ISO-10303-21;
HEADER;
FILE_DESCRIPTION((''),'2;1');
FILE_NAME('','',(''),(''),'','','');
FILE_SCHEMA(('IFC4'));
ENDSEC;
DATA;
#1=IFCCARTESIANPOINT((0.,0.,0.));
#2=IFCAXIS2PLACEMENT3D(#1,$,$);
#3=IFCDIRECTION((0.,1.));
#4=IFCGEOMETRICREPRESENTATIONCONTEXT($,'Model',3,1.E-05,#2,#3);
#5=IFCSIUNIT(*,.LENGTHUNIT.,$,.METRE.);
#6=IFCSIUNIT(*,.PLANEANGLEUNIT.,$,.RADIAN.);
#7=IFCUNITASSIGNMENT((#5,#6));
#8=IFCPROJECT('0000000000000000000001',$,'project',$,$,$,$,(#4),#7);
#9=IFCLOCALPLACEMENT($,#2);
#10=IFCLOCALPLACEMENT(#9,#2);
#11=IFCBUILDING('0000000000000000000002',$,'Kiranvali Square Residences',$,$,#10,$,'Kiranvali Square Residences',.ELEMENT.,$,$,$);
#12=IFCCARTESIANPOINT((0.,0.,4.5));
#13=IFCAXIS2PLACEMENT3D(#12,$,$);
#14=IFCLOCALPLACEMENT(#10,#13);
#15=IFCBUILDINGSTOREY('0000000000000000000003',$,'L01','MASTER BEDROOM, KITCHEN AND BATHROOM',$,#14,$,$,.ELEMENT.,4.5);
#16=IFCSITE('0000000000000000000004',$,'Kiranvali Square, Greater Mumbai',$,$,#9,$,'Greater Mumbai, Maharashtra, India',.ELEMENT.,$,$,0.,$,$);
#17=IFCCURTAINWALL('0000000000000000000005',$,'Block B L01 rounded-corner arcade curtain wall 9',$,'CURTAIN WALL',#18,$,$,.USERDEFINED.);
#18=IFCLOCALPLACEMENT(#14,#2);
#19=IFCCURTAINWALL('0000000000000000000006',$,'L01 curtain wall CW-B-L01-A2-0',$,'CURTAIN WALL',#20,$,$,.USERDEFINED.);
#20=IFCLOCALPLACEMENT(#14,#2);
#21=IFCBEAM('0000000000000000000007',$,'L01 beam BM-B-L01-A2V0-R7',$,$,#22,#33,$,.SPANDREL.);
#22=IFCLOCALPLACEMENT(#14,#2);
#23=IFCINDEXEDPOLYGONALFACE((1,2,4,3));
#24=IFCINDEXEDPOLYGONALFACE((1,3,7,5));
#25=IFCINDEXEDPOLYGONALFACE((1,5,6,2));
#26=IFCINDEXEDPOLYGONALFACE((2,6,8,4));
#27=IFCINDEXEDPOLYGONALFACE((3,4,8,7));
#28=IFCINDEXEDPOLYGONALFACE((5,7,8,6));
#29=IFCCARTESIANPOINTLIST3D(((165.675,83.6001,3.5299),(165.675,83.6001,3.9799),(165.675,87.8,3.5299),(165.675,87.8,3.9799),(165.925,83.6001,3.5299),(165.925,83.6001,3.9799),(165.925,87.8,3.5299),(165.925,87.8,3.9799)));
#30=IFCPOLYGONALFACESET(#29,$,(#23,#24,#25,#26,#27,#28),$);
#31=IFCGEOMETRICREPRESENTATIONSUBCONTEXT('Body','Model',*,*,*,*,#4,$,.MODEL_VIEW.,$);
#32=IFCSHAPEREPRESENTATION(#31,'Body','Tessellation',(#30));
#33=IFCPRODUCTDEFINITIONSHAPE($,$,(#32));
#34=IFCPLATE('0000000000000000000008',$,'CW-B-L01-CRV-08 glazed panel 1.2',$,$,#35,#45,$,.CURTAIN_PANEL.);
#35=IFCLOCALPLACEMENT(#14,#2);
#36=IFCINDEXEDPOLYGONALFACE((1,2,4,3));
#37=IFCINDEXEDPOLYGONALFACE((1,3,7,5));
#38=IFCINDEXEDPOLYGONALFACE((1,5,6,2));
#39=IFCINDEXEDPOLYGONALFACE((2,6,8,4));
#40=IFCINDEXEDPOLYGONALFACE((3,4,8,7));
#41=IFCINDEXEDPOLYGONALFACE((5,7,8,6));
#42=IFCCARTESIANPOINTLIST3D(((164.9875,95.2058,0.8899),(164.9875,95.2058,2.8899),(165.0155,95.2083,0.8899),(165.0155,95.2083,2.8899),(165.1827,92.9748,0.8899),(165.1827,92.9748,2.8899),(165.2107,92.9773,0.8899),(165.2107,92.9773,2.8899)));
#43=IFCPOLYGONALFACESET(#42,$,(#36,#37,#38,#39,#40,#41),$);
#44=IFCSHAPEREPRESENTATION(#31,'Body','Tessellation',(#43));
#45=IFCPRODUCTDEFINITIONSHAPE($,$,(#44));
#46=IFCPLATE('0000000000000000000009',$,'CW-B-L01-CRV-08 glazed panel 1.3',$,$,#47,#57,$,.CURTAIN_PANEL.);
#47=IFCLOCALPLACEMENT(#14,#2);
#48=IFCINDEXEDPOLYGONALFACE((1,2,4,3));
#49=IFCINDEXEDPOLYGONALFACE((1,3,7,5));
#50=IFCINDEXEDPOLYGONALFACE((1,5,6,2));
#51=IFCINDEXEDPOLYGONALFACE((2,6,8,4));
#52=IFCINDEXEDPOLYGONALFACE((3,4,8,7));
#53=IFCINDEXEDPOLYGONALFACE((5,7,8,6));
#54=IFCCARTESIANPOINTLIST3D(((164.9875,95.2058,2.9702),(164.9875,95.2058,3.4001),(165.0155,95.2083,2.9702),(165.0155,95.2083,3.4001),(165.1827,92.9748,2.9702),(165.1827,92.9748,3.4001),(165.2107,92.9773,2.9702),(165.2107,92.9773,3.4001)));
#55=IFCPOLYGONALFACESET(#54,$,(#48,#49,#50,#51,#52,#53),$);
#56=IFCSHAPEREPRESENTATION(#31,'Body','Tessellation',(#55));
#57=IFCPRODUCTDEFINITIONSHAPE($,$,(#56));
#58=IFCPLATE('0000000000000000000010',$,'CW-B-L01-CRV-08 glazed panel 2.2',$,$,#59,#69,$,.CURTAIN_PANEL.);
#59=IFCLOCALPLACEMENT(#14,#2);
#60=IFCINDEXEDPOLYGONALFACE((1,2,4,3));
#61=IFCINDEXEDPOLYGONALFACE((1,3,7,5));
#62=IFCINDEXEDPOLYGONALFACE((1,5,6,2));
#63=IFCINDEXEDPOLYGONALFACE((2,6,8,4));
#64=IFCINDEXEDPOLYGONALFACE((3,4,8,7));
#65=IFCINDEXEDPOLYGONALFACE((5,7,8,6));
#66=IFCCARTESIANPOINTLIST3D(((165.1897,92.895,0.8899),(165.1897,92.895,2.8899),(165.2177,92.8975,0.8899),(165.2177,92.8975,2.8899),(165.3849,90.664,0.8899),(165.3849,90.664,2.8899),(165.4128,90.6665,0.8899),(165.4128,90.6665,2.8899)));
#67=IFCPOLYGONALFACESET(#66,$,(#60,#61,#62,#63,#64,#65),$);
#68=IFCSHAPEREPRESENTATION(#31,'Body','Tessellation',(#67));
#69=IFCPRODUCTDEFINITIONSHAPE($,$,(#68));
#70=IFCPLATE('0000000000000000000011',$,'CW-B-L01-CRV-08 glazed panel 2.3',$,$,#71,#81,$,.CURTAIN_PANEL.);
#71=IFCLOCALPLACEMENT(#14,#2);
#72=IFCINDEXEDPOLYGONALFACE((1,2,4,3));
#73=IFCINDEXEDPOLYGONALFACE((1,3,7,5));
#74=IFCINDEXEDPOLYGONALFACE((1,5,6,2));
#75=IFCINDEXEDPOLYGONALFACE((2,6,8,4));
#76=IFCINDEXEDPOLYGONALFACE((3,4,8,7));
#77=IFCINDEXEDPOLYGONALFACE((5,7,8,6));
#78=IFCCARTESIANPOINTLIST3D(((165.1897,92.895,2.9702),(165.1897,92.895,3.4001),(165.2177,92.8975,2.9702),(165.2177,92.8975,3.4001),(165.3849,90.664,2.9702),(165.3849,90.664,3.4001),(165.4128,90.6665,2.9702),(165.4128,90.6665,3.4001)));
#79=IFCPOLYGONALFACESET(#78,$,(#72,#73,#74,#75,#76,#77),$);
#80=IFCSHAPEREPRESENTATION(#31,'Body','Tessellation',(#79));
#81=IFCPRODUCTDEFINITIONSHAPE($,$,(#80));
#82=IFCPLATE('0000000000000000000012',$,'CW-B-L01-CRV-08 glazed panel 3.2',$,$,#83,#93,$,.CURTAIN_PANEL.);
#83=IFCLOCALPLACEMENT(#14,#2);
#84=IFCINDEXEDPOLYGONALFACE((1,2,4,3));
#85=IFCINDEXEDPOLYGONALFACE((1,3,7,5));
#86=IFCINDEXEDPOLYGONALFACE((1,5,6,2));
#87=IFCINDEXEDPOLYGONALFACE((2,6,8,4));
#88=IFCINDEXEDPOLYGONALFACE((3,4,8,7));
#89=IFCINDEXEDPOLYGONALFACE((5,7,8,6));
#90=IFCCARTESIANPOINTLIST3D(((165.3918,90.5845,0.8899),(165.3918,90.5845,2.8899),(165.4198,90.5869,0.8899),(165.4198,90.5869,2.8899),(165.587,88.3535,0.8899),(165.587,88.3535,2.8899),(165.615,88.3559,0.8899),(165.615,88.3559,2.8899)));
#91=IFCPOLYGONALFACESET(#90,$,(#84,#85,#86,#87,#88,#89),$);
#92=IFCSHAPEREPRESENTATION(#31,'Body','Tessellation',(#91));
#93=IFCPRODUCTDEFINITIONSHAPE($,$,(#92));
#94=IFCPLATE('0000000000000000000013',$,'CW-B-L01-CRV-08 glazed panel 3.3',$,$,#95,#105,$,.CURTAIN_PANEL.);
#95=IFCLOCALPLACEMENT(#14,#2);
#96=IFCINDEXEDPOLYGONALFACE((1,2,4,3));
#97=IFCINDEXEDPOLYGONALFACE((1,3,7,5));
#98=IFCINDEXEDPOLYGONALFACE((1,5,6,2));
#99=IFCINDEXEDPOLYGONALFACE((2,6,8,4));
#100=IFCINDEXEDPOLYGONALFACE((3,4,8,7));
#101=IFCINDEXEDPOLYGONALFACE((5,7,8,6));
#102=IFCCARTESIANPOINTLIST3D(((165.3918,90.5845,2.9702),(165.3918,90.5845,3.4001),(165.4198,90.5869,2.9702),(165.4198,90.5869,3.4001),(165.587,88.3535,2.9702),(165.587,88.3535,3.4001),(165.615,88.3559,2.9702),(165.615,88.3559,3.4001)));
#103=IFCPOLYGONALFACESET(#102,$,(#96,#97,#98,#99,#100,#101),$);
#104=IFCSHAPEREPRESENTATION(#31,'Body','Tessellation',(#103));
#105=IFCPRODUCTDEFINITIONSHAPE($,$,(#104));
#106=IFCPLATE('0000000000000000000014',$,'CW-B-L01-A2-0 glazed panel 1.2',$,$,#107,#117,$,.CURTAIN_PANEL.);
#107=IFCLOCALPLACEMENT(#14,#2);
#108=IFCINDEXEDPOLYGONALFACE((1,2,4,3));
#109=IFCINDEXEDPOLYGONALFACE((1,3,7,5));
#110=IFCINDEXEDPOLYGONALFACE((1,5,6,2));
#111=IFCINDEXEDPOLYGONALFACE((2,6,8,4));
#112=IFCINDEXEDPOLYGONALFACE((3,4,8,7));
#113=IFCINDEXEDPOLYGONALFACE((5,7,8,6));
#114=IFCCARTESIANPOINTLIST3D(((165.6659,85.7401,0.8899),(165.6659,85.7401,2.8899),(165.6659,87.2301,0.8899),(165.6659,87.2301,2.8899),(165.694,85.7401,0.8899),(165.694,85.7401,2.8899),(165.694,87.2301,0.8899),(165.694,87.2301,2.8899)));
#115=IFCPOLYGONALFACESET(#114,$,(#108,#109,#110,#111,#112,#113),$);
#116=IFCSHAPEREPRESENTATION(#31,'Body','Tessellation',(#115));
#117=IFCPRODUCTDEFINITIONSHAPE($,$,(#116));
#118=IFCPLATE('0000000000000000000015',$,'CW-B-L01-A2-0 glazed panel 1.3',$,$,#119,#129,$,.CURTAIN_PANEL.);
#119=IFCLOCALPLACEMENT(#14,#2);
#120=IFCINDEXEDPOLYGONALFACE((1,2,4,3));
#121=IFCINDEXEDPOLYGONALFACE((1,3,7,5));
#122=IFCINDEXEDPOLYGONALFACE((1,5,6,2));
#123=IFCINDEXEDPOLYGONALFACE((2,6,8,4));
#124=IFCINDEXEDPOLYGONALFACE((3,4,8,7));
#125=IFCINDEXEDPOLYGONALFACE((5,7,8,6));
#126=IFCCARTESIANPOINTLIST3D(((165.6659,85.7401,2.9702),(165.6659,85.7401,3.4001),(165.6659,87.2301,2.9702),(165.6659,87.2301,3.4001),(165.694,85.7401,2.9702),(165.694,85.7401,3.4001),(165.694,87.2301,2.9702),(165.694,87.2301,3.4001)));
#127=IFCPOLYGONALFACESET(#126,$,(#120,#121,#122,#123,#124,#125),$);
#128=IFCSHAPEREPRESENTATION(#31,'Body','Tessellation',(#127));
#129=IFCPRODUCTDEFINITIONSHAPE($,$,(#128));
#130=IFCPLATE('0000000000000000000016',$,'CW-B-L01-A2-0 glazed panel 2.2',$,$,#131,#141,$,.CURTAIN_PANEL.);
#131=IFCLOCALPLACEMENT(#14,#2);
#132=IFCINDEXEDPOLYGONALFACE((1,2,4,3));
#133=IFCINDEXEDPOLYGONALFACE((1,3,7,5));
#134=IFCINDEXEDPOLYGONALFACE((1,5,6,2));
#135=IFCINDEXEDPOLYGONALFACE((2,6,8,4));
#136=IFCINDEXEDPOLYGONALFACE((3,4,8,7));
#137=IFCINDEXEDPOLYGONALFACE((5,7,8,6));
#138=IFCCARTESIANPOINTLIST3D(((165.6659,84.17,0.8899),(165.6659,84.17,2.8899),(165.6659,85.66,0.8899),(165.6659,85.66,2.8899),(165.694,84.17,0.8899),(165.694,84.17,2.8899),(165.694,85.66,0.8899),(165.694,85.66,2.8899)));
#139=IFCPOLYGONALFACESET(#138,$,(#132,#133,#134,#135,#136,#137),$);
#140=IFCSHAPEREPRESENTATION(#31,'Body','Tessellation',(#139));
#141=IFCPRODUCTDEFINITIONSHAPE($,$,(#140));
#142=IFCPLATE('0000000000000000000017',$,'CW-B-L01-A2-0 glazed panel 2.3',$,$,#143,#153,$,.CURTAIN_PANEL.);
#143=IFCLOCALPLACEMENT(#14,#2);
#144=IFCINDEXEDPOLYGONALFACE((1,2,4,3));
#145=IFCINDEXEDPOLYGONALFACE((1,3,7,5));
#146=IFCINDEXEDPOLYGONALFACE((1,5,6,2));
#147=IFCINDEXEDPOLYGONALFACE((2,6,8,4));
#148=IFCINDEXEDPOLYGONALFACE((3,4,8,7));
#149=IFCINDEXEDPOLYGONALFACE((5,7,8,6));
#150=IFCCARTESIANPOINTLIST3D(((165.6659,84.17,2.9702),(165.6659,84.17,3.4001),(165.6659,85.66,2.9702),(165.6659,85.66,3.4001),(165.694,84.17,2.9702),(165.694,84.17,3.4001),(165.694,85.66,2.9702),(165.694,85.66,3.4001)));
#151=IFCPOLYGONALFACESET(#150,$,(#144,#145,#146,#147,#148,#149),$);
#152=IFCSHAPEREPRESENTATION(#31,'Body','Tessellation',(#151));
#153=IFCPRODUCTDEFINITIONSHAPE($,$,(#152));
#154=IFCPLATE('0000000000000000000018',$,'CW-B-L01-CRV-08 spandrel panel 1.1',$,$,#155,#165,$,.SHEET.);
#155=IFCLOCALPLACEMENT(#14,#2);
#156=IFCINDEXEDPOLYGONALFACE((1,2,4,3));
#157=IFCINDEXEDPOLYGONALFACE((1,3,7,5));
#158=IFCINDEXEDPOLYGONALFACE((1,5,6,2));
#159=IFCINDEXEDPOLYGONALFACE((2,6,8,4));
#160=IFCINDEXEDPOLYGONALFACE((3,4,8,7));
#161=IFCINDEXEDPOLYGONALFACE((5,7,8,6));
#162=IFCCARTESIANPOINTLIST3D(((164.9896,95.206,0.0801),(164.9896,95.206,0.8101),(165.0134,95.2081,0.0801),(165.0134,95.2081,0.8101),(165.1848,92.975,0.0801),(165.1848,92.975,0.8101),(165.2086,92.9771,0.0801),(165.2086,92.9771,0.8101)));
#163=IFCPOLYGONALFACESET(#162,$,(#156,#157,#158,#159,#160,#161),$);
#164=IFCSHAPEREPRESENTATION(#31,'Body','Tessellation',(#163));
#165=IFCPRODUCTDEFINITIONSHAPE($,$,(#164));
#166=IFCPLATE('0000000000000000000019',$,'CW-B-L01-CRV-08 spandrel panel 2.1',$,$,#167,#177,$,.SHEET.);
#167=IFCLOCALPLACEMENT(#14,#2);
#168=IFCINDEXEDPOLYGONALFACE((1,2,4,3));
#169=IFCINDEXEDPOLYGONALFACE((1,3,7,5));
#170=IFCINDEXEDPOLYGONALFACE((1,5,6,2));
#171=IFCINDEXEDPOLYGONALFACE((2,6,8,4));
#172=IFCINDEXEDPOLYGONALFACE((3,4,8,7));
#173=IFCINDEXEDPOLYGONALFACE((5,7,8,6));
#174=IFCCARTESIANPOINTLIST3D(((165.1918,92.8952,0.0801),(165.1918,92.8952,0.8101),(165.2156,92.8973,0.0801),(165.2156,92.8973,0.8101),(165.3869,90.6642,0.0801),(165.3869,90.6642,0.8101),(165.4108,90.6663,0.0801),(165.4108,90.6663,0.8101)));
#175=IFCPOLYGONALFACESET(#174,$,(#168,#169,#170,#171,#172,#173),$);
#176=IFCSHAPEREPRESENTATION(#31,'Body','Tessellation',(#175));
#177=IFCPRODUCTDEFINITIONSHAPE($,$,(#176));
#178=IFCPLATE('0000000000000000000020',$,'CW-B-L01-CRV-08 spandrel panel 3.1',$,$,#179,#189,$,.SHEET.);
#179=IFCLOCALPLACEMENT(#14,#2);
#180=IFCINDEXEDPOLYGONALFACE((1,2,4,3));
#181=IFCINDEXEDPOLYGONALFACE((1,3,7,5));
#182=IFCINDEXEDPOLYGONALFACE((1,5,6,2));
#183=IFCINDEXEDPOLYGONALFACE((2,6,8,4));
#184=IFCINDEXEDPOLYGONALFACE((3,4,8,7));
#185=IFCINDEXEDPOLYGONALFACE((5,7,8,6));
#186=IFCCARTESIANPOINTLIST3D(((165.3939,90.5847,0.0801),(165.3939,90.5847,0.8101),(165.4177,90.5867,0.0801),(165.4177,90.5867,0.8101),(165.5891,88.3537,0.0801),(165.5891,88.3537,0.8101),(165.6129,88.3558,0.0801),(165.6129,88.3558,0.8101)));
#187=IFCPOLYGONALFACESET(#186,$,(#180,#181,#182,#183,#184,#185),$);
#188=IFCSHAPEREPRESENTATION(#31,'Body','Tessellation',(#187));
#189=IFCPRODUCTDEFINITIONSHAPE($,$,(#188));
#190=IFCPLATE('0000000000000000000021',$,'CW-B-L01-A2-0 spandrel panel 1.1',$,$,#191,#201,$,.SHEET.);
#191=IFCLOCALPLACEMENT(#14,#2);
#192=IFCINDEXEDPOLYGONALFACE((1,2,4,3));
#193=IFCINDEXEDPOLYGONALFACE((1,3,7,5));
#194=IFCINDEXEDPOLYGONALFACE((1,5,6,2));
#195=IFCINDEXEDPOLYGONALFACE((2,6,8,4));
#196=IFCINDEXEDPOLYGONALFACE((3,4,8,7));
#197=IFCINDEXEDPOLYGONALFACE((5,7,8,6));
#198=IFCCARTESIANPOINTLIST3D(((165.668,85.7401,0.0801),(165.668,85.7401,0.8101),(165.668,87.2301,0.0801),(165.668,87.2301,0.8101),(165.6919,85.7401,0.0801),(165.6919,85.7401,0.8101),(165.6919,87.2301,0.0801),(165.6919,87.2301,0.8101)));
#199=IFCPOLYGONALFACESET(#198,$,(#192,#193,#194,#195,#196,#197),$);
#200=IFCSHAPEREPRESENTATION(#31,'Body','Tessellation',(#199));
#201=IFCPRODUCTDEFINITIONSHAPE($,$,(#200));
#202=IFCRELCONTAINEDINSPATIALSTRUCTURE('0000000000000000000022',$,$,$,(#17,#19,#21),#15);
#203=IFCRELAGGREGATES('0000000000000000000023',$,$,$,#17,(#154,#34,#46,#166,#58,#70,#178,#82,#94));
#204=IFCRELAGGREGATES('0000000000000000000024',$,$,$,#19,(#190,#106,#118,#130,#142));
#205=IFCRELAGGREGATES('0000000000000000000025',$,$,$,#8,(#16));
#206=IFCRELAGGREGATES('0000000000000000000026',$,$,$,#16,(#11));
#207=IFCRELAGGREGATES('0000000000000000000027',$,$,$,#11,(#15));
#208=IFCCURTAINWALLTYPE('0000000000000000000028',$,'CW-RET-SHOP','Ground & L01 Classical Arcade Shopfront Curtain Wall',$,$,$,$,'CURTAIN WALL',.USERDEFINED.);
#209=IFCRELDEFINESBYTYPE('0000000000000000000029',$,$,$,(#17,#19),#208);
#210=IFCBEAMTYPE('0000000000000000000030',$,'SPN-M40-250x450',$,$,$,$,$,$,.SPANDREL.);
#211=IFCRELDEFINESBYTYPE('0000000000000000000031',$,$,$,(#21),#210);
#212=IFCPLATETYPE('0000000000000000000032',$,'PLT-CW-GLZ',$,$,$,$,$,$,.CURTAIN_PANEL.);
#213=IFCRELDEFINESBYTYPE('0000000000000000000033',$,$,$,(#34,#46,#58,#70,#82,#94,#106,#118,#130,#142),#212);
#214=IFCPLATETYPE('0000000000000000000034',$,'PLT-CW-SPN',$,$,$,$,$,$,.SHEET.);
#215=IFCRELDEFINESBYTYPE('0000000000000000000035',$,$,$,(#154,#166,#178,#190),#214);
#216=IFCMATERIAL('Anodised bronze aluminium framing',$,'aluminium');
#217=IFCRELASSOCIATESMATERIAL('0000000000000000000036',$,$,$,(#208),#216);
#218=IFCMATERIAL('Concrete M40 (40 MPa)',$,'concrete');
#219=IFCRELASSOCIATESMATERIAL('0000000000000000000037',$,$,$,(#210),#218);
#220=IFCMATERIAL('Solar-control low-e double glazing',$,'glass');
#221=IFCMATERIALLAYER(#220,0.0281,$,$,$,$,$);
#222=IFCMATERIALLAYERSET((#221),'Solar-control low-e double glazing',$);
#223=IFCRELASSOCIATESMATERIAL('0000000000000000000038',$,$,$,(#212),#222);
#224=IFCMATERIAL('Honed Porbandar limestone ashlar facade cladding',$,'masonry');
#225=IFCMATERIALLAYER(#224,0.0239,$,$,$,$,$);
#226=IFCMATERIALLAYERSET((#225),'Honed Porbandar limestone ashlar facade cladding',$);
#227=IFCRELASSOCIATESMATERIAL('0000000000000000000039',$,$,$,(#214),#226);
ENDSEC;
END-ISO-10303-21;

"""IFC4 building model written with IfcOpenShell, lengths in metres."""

from ifc_helpers import new_model, si_unit, direction, frame, origin, origin_2d, place, context, subcontext, project, spatial, rectangle, extrude, material, layer, layer_set, material_profile, profile_set, type_object, element, aggregate, save


model = new_model("IFC4")

# Units and contexts
model_context = context("Model", 3, precision=1e-05, world=origin(), true_north=direction((0.0, 1.0)))
body_context = subcontext(model_context, "Body", "Model", "MODEL_VIEW")
ifc_project = project(units=[si_unit("LENGTHUNIT", "METRE"), si_unit("PLANEANGLEUNIT", "RADIAN")], contexts=[model_context])

# Site, building, storey
site_placement = place(None, origin())
site = spatial("IfcSite", under=ifc_project, at=site_placement, Name="Kiranvali Square, Greater Mumbai", LongName="Greater Mumbai, Maharashtra, India", CompositionType="ELEMENT", RefElevation=0.0)
building_placement = place(site_placement, origin())
building = spatial("IfcBuilding", under=site, at=building_placement, Name="Kiranvali Square Residences", LongName="Kiranvali Square Residences", CompositionType="ELEMENT")
storey_placement = place(building_placement, frame((0.0, 0.0, 4.5)))
storey = spatial("IfcBuildingStorey", under=building, at=storey_placement, Name="L01", Description="MASTER BEDROOM, KITCHEN AND BATHROOM", CompositionType="ELEMENT", Elevation=4.5)

# Shared definitions
ifc_material_1 = material(Name="Concrete M40 (40 MPa)", Category="concrete")

# Curtain walls
ifc_material_2 = material(Name="Anodised bronze aluminium framing", Category="aluminium")
curtain_wall_type = type_object("IfcCurtainWallType", Name="CW-RET-SHOP", Description="Ground & L01 Classical Arcade Shopfront Curtain Wall", ElementType="CURTAIN WALL", PredefinedType="USERDEFINED", material=ifc_material_2)
curtain_wall_1_placement = place(storey_placement, origin())
curtain_wall_1 = element("IfcCurtainWall", 1, at=curtain_wall_1_placement, inside=storey, type_object=curtain_wall_type, Name="Block B L01 rounded-corner arcade curtain wall 9", ObjectType="CURTAIN WALL", PredefinedType="USERDEFINED")
curtain_wall_2_placement = place(storey_placement, origin())
curtain_wall_2 = element("IfcCurtainWall", 2, at=curtain_wall_2_placement, inside=storey, type_object=curtain_wall_type, Name="L01 curtain wall CW-B-L01-A2-0", ObjectType="CURTAIN WALL", PredefinedType="USERDEFINED")

# Beam
ifc_material_profile_1 = material_profile(ifc_material_1, rectangle(XDim=0.25, YDim=0.45, at=origin_2d()), Name="RC 250x450")
ifc_profile_set_1 = profile_set([ifc_material_profile_1], Name="Concrete M40 (40 MPa)")
beam_type_1 = type_object("IfcBeamType", Name="SPN-M40-250x450", PredefinedType="SPANDREL", material=ifc_profile_set_1)
beam_1_placement = place(storey_placement, frame((165.8, 87.8, 3.7549), z_axis=(0.0, -1.0, 0.0), x_axis=(1.0, 0.0, 0.0)))
element("IfcBeam", 3, at=beam_1_placement, inside=storey, type_object=beam_type_1, Name="L01 beam BM-B-L01-A2V0-R7", PredefinedType="SPANDREL", context=body_context, shape_type="SweptSolid", body=[
    extrude(rectangle(XDim=0.25, YDim=0.45, at=origin_2d()), origin(), (0.0, 0.0, 1.0), 4.2),
])

# Plates
ifc_material_3 = material(Name="Solar-control low-e double glazing", Category="glass")
ifc_layer_1 = layer(ifc_material_3, 0.0281)
ifc_layer_set_1 = layer_set([ifc_layer_1], Name="Solar-control low-e double glazing")
plate_type_1 = type_object("IfcPlateType", Name="PLT-CW-GLZ", PredefinedType="CURTAIN_PANEL", material=ifc_layer_set_1)
plate_1_placement = place(storey_placement, frame((165.0991, 94.0916, 0.8899), z_axis=(0.0, 0.0, 1.0), x_axis=(0.087156, -0.996195, 0.0)))
plate_1 = element("IfcPlate", 4, at=plate_1_placement, type_object=plate_type_1, Name="CW-B-L01-CRV-08 glazed panel 1.2", PredefinedType="CURTAIN_PANEL", context=body_context, shape_type="SweptSolid", body=[
    extrude(rectangle(XDim=2.2395, YDim=0.0281, at=origin_2d()), origin(), (0.0, 0.0, 1.0), 2.0),
])
plate_2_placement = place(storey_placement, frame((165.0991, 94.0916, 2.9702), z_axis=(0.0, 0.0, 1.0), x_axis=(0.087156, -0.996195, 0.0)))
plate_2 = element("IfcPlate", 5, at=plate_2_placement, type_object=plate_type_1, Name="CW-B-L01-CRV-08 glazed panel 1.3", PredefinedType="CURTAIN_PANEL", context=body_context, shape_type="SweptSolid", body=[
    extrude(rectangle(XDim=2.2395, YDim=0.0281, at=origin_2d()), origin(), (0.0, 0.0, 1.0), 0.4299),
])
plate_3_placement = place(storey_placement, frame((165.3013, 91.7808, 0.8899), z_axis=(0.0, 0.0, 1.0), x_axis=(0.087156, -0.996195, 0.0)))
plate_3 = element("IfcPlate", 6, at=plate_3_placement, type_object=plate_type_1, Name="CW-B-L01-CRV-08 glazed panel 2.2", PredefinedType="CURTAIN_PANEL", context=body_context, shape_type="SweptSolid", body=[
    extrude(rectangle(XDim=2.2395, YDim=0.0281, at=origin_2d()), origin(), (0.0, 0.0, 1.0), 2.0),
])
plate_4_placement = place(storey_placement, frame((165.3013, 91.7808, 2.9702), z_axis=(0.0, 0.0, 1.0), x_axis=(0.087156, -0.996195, 0.0)))
plate_4 = element("IfcPlate", 7, at=plate_4_placement, type_object=plate_type_1, Name="CW-B-L01-CRV-08 glazed panel 2.3", PredefinedType="CURTAIN_PANEL", context=body_context, shape_type="SweptSolid", body=[
    extrude(rectangle(XDim=2.2395, YDim=0.0281, at=origin_2d()), origin(), (0.0, 0.0, 1.0), 0.4299),
])
plate_5_placement = place(storey_placement, frame((165.5034, 89.4702, 0.8899), z_axis=(0.0, 0.0, 1.0), x_axis=(0.087156, -0.996195, 0.0)))
plate_5 = element("IfcPlate", 8, at=plate_5_placement, type_object=plate_type_1, Name="CW-B-L01-CRV-08 glazed panel 3.2", PredefinedType="CURTAIN_PANEL", context=body_context, shape_type="SweptSolid", body=[
    extrude(rectangle(XDim=2.2395, YDim=0.0281, at=origin_2d()), origin(), (0.0, 0.0, 1.0), 2.0),
])
plate_6_placement = place(storey_placement, frame((165.5034, 89.4702, 2.9702), z_axis=(0.0, 0.0, 1.0), x_axis=(0.087156, -0.996195, 0.0)))
plate_6 = element("IfcPlate", 9, at=plate_6_placement, type_object=plate_type_1, Name="CW-B-L01-CRV-08 glazed panel 3.3", PredefinedType="CURTAIN_PANEL", context=body_context, shape_type="SweptSolid", body=[
    extrude(rectangle(XDim=2.2395, YDim=0.0281, at=origin_2d()), origin(), (0.0, 0.0, 1.0), 0.4299),
])
plate_7_placement = place(storey_placement, frame((165.6799, 86.4851, 0.8899), z_axis=(0.0, 0.0, 1.0), x_axis=(0.0, -1.0, 0.0)))
plate_7 = element("IfcPlate", 10, at=plate_7_placement, type_object=plate_type_1, Name="CW-B-L01-A2-0 glazed panel 1.2", PredefinedType="CURTAIN_PANEL", context=body_context, shape_type="SweptSolid", body=[
    extrude(rectangle(XDim=1.49, YDim=0.0281, at=origin_2d()), origin(), (0.0, 0.0, 1.0), 2.0),
])
plate_8_placement = place(storey_placement, frame((165.6799, 86.4851, 2.9702), z_axis=(0.0, 0.0, 1.0), x_axis=(0.0, -1.0, 0.0)))
plate_8 = element("IfcPlate", 11, at=plate_8_placement, type_object=plate_type_1, Name="CW-B-L01-A2-0 glazed panel 1.3", PredefinedType="CURTAIN_PANEL", context=body_context, shape_type="SweptSolid", body=[
    extrude(rectangle(XDim=1.49, YDim=0.0281, at=origin_2d()), origin(), (0.0, 0.0, 1.0), 0.4299),
])
plate_9_placement = place(storey_placement, frame((165.6799, 84.915, 0.8899), z_axis=(0.0, 0.0, 1.0), x_axis=(0.0, -1.0, 0.0)))
plate_9 = element("IfcPlate", 12, at=plate_9_placement, type_object=plate_type_1, Name="CW-B-L01-A2-0 glazed panel 2.2", PredefinedType="CURTAIN_PANEL", context=body_context, shape_type="SweptSolid", body=[
    extrude(rectangle(XDim=1.49, YDim=0.0281, at=origin_2d()), origin(), (0.0, 0.0, 1.0), 2.0),
])
plate_10_placement = place(storey_placement, frame((165.6799, 84.915, 2.9702), z_axis=(0.0, 0.0, 1.0), x_axis=(0.0, -1.0, 0.0)))
plate_10 = element("IfcPlate", 13, at=plate_10_placement, type_object=plate_type_1, Name="CW-B-L01-A2-0 glazed panel 2.3", PredefinedType="CURTAIN_PANEL", context=body_context, shape_type="SweptSolid", body=[
    extrude(rectangle(XDim=1.49, YDim=0.0281, at=origin_2d()), origin(), (0.0, 0.0, 1.0), 0.4299),
])
ifc_material_4 = material(Name="Honed Porbandar limestone ashlar facade cladding", Category="masonry")
ifc_layer_2 = layer(ifc_material_4, 0.0239)
ifc_layer_set_2 = layer_set([ifc_layer_2], Name="Honed Porbandar limestone ashlar facade cladding")
plate_type_2 = type_object("IfcPlateType", Name="PLT-CW-SPN", PredefinedType="SHEET", material=ifc_layer_set_2)
plate_11_placement = place(storey_placement, frame((165.0991, 94.0916, 0.0801), z_axis=(0.0, 0.0, 1.0), x_axis=(0.087156, -0.996195, 0.0)))
plate_11 = element("IfcPlate", 14, at=plate_11_placement, type_object=plate_type_2, Name="CW-B-L01-CRV-08 spandrel panel 1.1", PredefinedType="SHEET", context=body_context, shape_type="SweptSolid", body=[
    extrude(rectangle(XDim=2.2395, YDim=0.0239, at=origin_2d()), origin(), (0.0, 0.0, 1.0), 0.73),
])
plate_12_placement = place(storey_placement, frame((165.3013, 91.7808, 0.0801), z_axis=(0.0, 0.0, 1.0), x_axis=(0.087156, -0.996195, 0.0)))
plate_12 = element("IfcPlate", 15, at=plate_12_placement, type_object=plate_type_2, Name="CW-B-L01-CRV-08 spandrel panel 2.1", PredefinedType="SHEET", context=body_context, shape_type="SweptSolid", body=[
    extrude(rectangle(XDim=2.2395, YDim=0.0239, at=origin_2d()), origin(), (0.0, 0.0, 1.0), 0.73),
])
plate_13_placement = place(storey_placement, frame((165.5034, 89.4702, 0.0801), z_axis=(0.0, 0.0, 1.0), x_axis=(0.087156, -0.996195, 0.0)))
plate_13 = element("IfcPlate", 16, at=plate_13_placement, type_object=plate_type_2, Name="CW-B-L01-CRV-08 spandrel panel 3.1", PredefinedType="SHEET", context=body_context, shape_type="SweptSolid", body=[
    extrude(rectangle(XDim=2.2395, YDim=0.0239, at=origin_2d()), origin(), (0.0, 0.0, 1.0), 0.73),
])
aggregate(curtain_wall_1, [plate_11, plate_1, plate_2, plate_12, plate_3, plate_4, plate_13, plate_5, plate_6])
plate_14_placement = place(storey_placement, frame((165.6799, 86.4851, 0.0801), z_axis=(0.0, 0.0, 1.0), x_axis=(0.0, -1.0, 0.0)))
plate_14 = element("IfcPlate", 17, at=plate_14_placement, type_object=plate_type_2, Name="CW-B-L01-A2-0 spandrel panel 1.1", PredefinedType="SHEET", context=body_context, shape_type="SweptSolid", body=[
    extrude(rectangle(XDim=1.49, YDim=0.0239, at=origin_2d()), origin(), (0.0, 0.0, 1.0), 0.73),
])
aggregate(curtain_wall_2, [plate_14, plate_7, plate_8, plate_9, plate_10])

save(model, "model.ifc")
